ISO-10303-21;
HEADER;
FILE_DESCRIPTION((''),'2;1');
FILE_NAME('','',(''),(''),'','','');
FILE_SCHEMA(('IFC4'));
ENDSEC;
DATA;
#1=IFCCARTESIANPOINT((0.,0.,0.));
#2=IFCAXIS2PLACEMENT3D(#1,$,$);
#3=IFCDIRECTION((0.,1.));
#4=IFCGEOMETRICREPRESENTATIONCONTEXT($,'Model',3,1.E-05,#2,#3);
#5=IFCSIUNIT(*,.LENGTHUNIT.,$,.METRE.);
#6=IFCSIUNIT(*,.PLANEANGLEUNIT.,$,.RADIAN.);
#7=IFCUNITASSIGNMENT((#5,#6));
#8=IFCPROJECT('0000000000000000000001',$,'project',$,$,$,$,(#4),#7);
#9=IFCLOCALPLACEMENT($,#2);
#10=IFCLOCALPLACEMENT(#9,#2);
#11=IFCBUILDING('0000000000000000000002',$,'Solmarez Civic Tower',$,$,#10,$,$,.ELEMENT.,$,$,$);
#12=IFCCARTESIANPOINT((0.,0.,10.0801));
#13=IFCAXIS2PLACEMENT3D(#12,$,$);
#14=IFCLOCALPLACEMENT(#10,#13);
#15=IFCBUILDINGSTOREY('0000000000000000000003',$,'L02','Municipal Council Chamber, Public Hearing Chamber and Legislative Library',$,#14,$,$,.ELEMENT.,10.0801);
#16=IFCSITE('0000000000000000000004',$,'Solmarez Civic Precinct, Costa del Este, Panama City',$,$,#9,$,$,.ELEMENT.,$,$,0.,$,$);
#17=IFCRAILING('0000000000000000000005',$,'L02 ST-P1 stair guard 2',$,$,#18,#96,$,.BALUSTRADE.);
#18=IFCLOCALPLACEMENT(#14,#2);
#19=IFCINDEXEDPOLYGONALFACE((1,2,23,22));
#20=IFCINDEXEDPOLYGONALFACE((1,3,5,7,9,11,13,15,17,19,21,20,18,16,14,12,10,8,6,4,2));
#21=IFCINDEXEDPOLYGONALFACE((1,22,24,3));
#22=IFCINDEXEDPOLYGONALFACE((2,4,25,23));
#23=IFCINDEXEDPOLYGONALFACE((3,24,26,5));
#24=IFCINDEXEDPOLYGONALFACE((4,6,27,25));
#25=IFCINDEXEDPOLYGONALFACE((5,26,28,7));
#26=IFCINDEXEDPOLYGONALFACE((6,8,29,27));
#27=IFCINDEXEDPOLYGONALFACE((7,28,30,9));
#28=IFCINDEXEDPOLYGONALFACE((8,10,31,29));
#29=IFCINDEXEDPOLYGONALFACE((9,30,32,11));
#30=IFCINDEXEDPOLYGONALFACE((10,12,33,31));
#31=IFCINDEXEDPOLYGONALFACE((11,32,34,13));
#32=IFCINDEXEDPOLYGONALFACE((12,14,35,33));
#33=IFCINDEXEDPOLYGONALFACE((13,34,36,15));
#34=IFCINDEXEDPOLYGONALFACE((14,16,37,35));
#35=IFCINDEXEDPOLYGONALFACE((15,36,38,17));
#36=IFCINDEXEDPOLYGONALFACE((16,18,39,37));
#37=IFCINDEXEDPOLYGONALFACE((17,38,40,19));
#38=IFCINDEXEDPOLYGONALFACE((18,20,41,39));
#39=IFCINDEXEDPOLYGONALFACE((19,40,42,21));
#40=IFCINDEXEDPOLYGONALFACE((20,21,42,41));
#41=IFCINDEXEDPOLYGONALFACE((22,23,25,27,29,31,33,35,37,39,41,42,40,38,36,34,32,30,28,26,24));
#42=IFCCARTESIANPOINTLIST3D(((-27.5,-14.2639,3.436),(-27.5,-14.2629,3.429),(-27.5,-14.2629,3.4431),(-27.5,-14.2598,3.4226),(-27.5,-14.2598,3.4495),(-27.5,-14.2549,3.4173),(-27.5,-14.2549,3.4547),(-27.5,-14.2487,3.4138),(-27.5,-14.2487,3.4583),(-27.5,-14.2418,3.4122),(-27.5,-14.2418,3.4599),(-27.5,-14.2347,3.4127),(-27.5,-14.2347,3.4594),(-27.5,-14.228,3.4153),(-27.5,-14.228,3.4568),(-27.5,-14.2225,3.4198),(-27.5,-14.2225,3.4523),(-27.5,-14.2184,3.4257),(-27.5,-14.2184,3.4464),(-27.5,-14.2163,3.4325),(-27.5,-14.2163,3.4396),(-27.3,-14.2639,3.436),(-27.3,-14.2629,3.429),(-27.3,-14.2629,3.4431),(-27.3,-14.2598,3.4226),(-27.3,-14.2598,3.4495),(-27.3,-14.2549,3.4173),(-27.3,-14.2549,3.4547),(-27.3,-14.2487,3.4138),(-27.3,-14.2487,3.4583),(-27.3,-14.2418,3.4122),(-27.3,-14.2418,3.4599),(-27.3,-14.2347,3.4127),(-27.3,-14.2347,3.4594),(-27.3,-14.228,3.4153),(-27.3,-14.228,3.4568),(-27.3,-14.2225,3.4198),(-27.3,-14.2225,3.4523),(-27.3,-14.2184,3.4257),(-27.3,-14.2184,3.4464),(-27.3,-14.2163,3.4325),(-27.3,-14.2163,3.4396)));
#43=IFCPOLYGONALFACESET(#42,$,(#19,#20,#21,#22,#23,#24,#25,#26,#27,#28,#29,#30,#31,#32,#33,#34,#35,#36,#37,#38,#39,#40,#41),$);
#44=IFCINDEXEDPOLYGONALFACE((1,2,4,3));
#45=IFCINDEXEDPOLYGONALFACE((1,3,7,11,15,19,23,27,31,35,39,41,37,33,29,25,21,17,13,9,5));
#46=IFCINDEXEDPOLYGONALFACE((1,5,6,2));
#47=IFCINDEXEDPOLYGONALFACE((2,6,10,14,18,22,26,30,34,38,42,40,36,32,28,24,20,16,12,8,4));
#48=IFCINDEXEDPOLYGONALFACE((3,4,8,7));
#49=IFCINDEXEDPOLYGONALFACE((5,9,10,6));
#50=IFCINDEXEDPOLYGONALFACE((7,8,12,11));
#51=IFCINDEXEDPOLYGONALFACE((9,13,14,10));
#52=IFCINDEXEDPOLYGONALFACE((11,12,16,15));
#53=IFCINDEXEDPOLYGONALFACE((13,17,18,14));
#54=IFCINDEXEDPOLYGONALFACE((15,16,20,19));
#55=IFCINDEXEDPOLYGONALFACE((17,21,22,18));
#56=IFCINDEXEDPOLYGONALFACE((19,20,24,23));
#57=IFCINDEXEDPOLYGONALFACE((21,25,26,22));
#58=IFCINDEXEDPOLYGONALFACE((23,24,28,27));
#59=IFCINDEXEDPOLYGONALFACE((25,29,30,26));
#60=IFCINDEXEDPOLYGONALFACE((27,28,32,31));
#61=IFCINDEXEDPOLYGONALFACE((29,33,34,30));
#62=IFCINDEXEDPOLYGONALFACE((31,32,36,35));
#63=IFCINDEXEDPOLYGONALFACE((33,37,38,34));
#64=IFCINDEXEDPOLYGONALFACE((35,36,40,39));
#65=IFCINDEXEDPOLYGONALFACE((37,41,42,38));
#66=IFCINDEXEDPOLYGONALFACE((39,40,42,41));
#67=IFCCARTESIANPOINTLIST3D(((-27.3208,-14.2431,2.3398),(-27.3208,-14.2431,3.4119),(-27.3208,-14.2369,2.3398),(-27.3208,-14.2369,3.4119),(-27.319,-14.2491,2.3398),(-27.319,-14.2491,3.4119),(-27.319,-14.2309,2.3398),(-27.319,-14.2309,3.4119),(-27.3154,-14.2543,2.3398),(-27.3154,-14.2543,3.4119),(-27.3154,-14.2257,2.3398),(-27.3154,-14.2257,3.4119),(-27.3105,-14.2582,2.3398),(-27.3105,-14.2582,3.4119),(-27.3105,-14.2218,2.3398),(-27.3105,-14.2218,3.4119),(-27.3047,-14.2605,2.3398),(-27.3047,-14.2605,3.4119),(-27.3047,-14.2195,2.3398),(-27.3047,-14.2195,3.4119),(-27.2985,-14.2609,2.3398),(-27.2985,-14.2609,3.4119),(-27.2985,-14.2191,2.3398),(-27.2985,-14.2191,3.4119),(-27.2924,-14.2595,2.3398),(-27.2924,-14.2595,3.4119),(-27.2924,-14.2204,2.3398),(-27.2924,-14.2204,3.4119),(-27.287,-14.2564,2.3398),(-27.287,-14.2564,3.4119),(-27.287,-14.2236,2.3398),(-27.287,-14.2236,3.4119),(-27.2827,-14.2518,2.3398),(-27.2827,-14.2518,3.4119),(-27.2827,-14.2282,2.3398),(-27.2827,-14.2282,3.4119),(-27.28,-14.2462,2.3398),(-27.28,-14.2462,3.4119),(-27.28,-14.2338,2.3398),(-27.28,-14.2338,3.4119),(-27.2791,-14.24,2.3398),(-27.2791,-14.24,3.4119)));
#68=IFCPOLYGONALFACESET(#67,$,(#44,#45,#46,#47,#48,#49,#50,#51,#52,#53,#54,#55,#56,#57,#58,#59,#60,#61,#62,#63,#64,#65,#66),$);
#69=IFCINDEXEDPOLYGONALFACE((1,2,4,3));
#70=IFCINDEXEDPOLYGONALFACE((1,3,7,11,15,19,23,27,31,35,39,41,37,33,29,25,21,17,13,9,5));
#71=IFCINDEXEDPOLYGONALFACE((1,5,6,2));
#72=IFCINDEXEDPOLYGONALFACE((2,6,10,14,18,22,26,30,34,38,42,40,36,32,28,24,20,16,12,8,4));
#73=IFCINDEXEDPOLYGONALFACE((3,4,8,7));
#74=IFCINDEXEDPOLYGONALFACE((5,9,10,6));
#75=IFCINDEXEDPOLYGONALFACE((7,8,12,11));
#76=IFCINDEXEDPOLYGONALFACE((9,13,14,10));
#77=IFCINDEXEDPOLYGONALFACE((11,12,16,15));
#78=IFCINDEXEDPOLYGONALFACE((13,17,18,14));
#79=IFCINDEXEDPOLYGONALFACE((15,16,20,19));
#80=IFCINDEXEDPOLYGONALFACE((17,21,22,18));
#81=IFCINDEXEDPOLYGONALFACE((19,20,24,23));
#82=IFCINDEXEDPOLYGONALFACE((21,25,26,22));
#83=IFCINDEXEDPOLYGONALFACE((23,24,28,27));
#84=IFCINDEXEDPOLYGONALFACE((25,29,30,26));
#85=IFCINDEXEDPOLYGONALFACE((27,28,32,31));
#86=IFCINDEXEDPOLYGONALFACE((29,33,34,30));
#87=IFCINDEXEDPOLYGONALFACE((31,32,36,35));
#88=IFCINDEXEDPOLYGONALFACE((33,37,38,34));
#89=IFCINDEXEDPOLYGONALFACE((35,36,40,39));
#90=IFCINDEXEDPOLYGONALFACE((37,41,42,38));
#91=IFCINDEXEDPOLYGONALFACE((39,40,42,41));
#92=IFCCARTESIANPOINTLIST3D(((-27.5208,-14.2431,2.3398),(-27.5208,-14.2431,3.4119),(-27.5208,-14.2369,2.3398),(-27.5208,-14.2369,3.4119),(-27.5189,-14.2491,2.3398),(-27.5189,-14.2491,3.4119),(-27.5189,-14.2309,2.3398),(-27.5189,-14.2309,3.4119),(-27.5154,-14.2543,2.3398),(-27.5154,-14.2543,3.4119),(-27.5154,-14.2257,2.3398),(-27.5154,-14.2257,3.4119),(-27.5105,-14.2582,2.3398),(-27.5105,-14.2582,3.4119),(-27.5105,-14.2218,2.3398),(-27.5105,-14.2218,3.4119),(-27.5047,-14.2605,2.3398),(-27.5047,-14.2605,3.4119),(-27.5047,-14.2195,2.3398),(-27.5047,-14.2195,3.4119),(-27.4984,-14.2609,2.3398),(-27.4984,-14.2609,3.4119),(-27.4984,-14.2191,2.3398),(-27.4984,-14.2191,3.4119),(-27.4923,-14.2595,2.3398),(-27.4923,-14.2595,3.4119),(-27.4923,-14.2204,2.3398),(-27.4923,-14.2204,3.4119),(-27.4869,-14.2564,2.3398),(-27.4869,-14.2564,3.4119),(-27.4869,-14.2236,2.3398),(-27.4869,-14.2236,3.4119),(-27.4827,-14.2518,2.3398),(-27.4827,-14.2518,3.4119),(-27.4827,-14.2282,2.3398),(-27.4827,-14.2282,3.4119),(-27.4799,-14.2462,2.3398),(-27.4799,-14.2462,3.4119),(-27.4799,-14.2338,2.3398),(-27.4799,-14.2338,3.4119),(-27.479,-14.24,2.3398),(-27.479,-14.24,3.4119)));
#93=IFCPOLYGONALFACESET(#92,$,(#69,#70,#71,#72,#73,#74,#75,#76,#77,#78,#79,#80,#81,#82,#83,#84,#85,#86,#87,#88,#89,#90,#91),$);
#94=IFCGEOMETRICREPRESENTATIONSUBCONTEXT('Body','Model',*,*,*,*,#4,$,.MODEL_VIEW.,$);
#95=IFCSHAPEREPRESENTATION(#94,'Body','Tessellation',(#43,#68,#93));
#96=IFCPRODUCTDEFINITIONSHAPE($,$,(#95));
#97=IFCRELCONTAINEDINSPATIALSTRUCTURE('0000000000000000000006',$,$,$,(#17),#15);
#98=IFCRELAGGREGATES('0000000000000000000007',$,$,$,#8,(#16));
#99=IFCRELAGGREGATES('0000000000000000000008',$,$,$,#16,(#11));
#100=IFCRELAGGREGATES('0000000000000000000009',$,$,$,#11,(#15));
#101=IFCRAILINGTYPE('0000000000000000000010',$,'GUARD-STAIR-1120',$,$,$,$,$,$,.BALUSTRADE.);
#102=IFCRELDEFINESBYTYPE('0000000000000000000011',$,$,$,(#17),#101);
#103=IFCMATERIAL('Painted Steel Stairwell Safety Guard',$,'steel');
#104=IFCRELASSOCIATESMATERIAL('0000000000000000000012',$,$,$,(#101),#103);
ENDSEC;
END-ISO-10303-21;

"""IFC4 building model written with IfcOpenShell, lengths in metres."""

from ifc_helpers import new_model, si_unit, direction, frame, origin, origin_2d, place, context, subcontext, project, spatial, circle, extrude, material, type_object, element, save


model = new_model("IFC4")

# Units and contexts
model_context = context("Model", 3, precision=1e-05, world=origin(), true_north=direction((0.0, 1.0)))
body_context = subcontext(model_context, "Body", "Model", "MODEL_VIEW")
ifc_project = project(units=[si_unit("LENGTHUNIT", "METRE"), si_unit("PLANEANGLEUNIT", "RADIAN")], contexts=[model_context])

# Site, building, storey
site_placement = place(None, origin())
site = spatial("IfcSite", under=ifc_project, at=site_placement, Name="Solmarez Civic Precinct, Costa del Este, Panama City", CompositionType="ELEMENT", RefElevation=0.0)
building_placement = place(site_placement, origin())
building = spatial("IfcBuilding", under=site, at=building_placement, Name="Solmarez Civic Tower", CompositionType="ELEMENT")
storey_placement = place(building_placement, frame((0.0, 0.0, 10.0801)))
storey = spatial("IfcBuildingStorey", under=building, at=storey_placement, Name="L02", Description="Municipal Council Chamber, Public Hearing Chamber and Legislative Library", CompositionType="ELEMENT", Elevation=10.0801)

# Railing
ifc_material_1 = material(Name="Painted Steel Stairwell Safety Guard", Category="steel")
railing_type_1 = type_object("IfcRailingType", Name="GUARD-STAIR-1120", PredefinedType="BALUSTRADE", material=ifc_material_1)
railing_1_placement = place(storey_placement, frame((-27.3, -14.24, 2.3398)))
element("IfcRailing", 1, at=railing_1_placement, inside=storey, type_object=railing_type_1, Name="L02 ST-P1 stair guard 2", PredefinedType="BALUSTRADE", context=body_context, shape_type="SweptSolid", body=[
    extrude(circle(Radius=0.0239, at=origin_2d()), frame((0.0, 0.0, 1.0962), z_axis=(-1.0, 0.0, 0.0), x_axis=(0.0, -1.0, 0.0)), (0.0, 0.0, 1.0), 0.2),
    extrude(circle(Radius=0.021, at=origin_2d()), origin(), (0.0, 0.0, 1.0), 1.072),
    extrude(circle(Radius=0.021, at=origin_2d()), frame((-0.2, 0.0, 0.0)), (0.0, 0.0, 1.0), 1.072),
])

save(model, "model.ifc")
